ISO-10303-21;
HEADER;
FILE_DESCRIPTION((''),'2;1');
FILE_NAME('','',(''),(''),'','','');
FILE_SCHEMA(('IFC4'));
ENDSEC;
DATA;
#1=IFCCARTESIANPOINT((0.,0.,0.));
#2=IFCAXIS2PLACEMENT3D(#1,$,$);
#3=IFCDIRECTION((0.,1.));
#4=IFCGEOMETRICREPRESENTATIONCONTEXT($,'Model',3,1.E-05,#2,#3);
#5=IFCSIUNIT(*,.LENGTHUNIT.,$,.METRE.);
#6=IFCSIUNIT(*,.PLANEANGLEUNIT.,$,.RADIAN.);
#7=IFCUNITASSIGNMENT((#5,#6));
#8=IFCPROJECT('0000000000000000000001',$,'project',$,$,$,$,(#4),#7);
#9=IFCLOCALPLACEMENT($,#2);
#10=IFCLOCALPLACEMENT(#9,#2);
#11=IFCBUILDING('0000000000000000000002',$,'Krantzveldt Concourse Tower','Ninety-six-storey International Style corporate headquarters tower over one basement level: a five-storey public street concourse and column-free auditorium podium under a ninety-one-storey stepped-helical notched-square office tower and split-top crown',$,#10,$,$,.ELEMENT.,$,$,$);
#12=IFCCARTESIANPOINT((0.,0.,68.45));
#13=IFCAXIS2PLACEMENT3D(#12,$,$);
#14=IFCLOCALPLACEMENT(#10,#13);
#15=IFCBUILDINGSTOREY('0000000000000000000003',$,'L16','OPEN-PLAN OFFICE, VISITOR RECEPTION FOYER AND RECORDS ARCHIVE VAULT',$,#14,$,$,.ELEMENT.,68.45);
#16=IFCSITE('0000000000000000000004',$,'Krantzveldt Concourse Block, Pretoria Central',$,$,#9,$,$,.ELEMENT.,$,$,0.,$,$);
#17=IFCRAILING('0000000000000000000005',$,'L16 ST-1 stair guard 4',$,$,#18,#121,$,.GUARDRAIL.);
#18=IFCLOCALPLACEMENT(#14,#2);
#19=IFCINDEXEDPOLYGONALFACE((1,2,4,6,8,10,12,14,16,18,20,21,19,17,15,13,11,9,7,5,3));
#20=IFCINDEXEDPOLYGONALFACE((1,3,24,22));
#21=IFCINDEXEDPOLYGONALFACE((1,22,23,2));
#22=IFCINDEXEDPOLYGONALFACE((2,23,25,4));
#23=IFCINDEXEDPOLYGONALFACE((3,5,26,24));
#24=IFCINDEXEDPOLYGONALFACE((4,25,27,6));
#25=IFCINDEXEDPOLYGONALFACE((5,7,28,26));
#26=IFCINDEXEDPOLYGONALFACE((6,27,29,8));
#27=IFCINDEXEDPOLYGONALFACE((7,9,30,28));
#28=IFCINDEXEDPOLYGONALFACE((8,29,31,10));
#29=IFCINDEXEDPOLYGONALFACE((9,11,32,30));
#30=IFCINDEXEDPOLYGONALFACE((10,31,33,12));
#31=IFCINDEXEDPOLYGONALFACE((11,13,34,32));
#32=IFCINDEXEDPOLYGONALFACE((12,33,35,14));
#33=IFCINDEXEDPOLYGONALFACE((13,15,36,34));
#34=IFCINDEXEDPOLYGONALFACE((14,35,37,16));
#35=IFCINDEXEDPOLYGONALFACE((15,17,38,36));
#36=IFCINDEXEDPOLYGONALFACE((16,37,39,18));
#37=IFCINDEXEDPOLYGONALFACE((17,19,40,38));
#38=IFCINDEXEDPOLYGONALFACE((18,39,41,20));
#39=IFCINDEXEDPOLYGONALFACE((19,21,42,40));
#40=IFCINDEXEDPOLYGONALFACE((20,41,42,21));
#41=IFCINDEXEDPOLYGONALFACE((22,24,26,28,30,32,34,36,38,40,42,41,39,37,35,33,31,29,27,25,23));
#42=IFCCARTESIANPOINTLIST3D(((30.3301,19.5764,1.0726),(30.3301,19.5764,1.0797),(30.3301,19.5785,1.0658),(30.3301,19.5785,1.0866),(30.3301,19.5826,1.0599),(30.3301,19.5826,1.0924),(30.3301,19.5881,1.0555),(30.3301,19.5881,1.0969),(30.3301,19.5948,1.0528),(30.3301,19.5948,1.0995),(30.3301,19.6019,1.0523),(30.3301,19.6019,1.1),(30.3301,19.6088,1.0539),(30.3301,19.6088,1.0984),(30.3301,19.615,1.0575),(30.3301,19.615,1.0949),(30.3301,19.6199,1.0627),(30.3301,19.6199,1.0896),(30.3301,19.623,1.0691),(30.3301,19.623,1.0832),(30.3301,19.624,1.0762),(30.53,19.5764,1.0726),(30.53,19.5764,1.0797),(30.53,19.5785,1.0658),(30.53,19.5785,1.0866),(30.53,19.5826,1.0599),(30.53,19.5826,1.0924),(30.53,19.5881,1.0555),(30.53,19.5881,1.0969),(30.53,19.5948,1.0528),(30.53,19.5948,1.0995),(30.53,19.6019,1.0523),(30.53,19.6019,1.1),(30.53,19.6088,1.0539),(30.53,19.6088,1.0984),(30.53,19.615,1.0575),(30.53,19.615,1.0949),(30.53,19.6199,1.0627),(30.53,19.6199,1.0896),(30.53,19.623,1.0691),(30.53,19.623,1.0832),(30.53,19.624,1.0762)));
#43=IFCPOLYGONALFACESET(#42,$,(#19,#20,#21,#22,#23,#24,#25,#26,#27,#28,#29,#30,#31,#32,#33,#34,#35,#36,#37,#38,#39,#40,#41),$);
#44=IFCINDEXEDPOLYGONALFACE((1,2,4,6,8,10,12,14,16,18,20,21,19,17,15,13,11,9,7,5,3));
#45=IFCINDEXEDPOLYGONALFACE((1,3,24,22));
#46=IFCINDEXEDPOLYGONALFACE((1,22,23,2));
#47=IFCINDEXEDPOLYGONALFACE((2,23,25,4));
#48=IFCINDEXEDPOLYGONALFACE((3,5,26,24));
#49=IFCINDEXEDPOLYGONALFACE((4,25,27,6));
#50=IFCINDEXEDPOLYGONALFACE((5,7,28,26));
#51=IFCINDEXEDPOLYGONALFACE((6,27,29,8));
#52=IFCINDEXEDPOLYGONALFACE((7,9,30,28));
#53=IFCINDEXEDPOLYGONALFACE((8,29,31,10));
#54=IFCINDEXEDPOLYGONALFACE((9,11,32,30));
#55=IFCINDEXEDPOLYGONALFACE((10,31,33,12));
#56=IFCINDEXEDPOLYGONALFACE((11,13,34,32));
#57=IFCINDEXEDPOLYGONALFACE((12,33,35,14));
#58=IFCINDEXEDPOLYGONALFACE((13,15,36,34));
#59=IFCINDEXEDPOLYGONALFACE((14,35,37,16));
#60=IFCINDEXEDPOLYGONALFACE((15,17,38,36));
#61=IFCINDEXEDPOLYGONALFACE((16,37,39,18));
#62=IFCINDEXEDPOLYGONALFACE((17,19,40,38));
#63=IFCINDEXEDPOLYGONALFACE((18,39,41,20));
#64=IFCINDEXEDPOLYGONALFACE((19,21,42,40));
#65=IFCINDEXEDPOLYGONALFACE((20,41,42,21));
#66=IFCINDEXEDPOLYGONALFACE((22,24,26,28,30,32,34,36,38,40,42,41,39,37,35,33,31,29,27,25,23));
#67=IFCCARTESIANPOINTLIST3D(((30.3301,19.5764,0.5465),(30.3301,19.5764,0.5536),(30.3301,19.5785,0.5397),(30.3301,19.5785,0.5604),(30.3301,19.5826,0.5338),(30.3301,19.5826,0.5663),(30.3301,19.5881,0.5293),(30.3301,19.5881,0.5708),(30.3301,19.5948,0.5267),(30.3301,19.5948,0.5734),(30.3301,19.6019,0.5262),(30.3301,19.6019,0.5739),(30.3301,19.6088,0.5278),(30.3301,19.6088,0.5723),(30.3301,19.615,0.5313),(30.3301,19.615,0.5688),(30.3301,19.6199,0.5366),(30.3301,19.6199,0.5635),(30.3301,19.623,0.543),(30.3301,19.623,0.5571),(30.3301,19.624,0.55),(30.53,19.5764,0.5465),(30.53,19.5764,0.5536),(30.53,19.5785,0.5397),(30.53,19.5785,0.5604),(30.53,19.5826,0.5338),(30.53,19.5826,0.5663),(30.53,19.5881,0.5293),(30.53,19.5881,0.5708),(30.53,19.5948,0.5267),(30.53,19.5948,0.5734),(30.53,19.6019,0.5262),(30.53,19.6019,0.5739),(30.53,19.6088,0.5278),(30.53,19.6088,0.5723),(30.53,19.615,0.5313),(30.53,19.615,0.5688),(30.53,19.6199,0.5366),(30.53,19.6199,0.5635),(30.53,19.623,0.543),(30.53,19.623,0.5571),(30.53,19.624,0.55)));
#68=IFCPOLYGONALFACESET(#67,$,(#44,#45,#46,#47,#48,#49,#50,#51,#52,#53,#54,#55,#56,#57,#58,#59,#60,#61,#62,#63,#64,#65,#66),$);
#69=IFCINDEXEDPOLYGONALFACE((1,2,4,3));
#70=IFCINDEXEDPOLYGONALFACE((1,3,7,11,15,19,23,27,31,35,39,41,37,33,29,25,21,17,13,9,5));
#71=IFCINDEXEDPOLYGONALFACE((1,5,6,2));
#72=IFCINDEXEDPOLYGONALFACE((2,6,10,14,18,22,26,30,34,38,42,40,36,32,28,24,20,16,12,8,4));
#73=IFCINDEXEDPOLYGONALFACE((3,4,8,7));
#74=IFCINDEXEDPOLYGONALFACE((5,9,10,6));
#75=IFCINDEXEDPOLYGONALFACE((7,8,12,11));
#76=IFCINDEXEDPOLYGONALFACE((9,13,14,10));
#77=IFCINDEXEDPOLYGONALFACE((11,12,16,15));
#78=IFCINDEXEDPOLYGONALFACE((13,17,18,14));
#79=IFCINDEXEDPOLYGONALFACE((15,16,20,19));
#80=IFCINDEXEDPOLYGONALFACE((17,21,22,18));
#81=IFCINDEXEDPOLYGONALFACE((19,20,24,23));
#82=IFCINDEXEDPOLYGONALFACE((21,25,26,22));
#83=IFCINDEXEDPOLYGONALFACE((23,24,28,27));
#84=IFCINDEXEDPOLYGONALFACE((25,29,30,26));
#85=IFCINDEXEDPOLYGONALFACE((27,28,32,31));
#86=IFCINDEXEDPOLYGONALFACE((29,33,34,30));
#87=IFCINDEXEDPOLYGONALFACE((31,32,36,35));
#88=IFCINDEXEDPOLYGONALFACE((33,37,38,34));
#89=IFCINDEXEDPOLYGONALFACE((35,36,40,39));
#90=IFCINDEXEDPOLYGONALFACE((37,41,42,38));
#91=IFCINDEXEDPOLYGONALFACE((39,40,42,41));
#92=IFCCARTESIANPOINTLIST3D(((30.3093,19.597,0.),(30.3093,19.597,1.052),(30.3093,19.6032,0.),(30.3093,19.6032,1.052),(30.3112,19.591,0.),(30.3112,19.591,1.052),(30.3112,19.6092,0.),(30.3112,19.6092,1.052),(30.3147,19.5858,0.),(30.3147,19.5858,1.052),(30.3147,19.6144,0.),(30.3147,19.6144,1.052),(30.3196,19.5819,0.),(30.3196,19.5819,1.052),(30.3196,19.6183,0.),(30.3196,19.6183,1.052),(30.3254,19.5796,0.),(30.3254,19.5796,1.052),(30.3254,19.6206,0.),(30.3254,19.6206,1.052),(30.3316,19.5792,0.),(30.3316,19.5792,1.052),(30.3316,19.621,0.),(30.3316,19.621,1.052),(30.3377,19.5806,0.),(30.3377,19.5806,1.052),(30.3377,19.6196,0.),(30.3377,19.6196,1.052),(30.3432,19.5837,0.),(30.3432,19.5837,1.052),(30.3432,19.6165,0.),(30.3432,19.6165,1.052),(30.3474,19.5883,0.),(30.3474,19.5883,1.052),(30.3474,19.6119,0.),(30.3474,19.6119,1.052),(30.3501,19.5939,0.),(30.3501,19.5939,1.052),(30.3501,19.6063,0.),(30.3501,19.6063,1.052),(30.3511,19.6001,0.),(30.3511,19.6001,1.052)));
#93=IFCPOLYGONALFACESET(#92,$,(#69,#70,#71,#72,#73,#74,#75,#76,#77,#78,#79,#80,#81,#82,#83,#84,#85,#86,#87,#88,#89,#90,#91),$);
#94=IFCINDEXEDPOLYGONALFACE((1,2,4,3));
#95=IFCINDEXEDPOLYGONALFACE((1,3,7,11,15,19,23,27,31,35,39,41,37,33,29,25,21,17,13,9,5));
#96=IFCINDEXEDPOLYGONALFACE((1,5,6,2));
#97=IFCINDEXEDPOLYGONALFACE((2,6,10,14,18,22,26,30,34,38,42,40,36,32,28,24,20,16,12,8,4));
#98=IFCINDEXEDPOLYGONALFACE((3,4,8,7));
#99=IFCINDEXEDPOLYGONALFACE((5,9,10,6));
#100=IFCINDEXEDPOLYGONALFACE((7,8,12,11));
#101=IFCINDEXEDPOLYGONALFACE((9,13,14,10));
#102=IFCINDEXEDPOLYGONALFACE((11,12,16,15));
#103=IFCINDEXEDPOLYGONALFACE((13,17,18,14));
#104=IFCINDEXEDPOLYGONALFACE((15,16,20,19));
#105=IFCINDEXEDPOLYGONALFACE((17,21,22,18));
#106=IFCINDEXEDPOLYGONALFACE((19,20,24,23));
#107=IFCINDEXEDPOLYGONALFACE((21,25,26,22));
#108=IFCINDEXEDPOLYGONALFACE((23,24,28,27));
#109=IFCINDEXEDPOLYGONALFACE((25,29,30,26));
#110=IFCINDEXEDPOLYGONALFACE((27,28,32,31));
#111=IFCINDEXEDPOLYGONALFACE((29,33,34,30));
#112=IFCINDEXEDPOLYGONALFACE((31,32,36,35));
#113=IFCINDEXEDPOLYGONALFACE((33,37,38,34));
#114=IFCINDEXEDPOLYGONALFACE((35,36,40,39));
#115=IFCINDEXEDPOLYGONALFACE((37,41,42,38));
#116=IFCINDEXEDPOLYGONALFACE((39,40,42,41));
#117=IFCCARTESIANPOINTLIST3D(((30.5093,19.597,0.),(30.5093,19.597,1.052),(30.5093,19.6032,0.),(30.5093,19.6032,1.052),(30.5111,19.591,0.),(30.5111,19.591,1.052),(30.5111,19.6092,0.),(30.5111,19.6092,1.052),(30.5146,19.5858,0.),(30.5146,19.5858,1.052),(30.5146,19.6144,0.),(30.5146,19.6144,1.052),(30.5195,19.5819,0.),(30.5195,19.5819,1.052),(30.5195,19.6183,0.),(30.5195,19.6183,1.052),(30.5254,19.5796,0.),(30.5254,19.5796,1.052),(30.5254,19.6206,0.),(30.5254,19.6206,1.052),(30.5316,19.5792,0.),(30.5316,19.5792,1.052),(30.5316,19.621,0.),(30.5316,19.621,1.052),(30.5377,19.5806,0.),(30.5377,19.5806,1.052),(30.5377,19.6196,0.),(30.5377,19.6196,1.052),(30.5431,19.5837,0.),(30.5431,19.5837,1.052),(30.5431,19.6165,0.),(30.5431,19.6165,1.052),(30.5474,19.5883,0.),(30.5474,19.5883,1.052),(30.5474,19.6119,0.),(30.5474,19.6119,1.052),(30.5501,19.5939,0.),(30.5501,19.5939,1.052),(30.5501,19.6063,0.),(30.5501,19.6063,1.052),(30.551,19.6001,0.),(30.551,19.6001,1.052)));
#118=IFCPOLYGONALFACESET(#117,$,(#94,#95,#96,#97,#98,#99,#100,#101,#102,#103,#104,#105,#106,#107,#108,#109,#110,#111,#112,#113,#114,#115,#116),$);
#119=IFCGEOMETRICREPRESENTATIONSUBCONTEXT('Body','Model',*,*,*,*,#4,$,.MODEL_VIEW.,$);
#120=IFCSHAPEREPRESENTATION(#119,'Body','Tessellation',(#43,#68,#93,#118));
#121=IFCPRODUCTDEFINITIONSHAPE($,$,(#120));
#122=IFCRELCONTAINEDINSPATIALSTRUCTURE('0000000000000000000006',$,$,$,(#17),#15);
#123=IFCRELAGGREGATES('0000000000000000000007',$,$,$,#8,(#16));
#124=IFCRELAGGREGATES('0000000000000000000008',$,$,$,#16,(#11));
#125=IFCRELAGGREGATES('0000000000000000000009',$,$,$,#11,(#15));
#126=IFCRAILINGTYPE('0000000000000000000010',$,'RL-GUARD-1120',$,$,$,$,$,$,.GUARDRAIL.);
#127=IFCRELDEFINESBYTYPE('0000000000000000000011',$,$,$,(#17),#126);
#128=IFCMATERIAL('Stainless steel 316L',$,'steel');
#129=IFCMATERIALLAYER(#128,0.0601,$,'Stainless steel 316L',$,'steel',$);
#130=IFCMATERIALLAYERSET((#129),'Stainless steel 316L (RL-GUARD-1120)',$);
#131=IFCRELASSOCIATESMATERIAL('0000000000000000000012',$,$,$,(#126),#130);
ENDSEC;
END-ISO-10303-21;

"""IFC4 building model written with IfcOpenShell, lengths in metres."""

from ifc_helpers import new_model, si_unit, direction, frame, origin, origin_2d, place, context, subcontext, project, spatial, circle, extrude, material, layer, layer_set, type_object, element, save


model = new_model("IFC4")

# Units and contexts
model_context = context("Model", 3, precision=1e-05, world=origin(), true_north=direction((0.0, 1.0)))
body_context = subcontext(model_context, "Body", "Model", "MODEL_VIEW")
ifc_project = project(units=[si_unit("LENGTHUNIT", "METRE"), si_unit("PLANEANGLEUNIT", "RADIAN")], contexts=[model_context])

# Site, building, storey
site_placement = place(None, origin())
site = spatial("IfcSite", under=ifc_project, at=site_placement, Name="Krantzveldt Concourse Block, Pretoria Central", CompositionType="ELEMENT", RefElevation=0.0)
building_placement = place(site_placement, origin())
building = spatial("IfcBuilding", under=site, at=building_placement, Name="Krantzveldt Concourse Tower", Description="Ninety-six-storey International Style corporate headquarters tower over one basement level: a five-storey public street concourse and column-free auditorium podium under a ninety-one-storey stepped-helical notched-square office tower and split-top crown", CompositionType="ELEMENT")
storey_placement = place(building_placement, frame((0.0, 0.0, 68.45)))
storey = spatial("IfcBuildingStorey", under=building, at=storey_placement, Name="L16", Description="OPEN-PLAN OFFICE, VISITOR RECEPTION FOYER AND RECORDS ARCHIVE VAULT", CompositionType="ELEMENT", Elevation=68.45)

# Railing
ifc_material_1 = material(Name="Stainless steel 316L", Category="steel")
ifc_layer_1 = layer(ifc_material_1, 0.0601, Name="Stainless steel 316L", Category="steel")
ifc_layer_set_1 = layer_set([ifc_layer_1], Name="Stainless steel 316L (RL-GUARD-1120)")
railing_type_1 = type_object("IfcRailingType", Name="RL-GUARD-1120", PredefinedType="GUARDRAIL", material=ifc_layer_set_1)
railing_1_placement = place(storey_placement, frame((30.3301, 19.6001, 0.0)))
element("IfcRailing", 1, at=railing_1_placement, inside=storey, type_object=railing_type_1, Name="L16 ST-1 stair guard 4", PredefinedType="GUARDRAIL", context=body_context, shape_type="SweptSolid", body=[
    extrude(circle(Radius=0.0239, at=origin_2d()), frame((0.0, 0.0, 1.0762), z_axis=(1.0, 0.0, 0.0), x_axis=(0.0, 1.0, 0.0)), (0.0, 0.0, 1.0), 0.2),
    extrude(circle(Radius=0.0239, at=origin_2d()), frame((0.0, 0.0, 0.55), z_axis=(1.0, 0.0, 0.0), x_axis=(0.0, 1.0, 0.0)), (0.0, 0.0, 1.0), 0.2),
    extrude(circle(Radius=0.021, at=origin_2d()), origin(), (0.0, 0.0, 1.0), 1.052),
    extrude(circle(Radius=0.021, at=origin_2d()), frame((0.2, 0.0, 0.0)), (0.0, 0.0, 1.0), 1.052),
])

save(model, "model.ifc")
